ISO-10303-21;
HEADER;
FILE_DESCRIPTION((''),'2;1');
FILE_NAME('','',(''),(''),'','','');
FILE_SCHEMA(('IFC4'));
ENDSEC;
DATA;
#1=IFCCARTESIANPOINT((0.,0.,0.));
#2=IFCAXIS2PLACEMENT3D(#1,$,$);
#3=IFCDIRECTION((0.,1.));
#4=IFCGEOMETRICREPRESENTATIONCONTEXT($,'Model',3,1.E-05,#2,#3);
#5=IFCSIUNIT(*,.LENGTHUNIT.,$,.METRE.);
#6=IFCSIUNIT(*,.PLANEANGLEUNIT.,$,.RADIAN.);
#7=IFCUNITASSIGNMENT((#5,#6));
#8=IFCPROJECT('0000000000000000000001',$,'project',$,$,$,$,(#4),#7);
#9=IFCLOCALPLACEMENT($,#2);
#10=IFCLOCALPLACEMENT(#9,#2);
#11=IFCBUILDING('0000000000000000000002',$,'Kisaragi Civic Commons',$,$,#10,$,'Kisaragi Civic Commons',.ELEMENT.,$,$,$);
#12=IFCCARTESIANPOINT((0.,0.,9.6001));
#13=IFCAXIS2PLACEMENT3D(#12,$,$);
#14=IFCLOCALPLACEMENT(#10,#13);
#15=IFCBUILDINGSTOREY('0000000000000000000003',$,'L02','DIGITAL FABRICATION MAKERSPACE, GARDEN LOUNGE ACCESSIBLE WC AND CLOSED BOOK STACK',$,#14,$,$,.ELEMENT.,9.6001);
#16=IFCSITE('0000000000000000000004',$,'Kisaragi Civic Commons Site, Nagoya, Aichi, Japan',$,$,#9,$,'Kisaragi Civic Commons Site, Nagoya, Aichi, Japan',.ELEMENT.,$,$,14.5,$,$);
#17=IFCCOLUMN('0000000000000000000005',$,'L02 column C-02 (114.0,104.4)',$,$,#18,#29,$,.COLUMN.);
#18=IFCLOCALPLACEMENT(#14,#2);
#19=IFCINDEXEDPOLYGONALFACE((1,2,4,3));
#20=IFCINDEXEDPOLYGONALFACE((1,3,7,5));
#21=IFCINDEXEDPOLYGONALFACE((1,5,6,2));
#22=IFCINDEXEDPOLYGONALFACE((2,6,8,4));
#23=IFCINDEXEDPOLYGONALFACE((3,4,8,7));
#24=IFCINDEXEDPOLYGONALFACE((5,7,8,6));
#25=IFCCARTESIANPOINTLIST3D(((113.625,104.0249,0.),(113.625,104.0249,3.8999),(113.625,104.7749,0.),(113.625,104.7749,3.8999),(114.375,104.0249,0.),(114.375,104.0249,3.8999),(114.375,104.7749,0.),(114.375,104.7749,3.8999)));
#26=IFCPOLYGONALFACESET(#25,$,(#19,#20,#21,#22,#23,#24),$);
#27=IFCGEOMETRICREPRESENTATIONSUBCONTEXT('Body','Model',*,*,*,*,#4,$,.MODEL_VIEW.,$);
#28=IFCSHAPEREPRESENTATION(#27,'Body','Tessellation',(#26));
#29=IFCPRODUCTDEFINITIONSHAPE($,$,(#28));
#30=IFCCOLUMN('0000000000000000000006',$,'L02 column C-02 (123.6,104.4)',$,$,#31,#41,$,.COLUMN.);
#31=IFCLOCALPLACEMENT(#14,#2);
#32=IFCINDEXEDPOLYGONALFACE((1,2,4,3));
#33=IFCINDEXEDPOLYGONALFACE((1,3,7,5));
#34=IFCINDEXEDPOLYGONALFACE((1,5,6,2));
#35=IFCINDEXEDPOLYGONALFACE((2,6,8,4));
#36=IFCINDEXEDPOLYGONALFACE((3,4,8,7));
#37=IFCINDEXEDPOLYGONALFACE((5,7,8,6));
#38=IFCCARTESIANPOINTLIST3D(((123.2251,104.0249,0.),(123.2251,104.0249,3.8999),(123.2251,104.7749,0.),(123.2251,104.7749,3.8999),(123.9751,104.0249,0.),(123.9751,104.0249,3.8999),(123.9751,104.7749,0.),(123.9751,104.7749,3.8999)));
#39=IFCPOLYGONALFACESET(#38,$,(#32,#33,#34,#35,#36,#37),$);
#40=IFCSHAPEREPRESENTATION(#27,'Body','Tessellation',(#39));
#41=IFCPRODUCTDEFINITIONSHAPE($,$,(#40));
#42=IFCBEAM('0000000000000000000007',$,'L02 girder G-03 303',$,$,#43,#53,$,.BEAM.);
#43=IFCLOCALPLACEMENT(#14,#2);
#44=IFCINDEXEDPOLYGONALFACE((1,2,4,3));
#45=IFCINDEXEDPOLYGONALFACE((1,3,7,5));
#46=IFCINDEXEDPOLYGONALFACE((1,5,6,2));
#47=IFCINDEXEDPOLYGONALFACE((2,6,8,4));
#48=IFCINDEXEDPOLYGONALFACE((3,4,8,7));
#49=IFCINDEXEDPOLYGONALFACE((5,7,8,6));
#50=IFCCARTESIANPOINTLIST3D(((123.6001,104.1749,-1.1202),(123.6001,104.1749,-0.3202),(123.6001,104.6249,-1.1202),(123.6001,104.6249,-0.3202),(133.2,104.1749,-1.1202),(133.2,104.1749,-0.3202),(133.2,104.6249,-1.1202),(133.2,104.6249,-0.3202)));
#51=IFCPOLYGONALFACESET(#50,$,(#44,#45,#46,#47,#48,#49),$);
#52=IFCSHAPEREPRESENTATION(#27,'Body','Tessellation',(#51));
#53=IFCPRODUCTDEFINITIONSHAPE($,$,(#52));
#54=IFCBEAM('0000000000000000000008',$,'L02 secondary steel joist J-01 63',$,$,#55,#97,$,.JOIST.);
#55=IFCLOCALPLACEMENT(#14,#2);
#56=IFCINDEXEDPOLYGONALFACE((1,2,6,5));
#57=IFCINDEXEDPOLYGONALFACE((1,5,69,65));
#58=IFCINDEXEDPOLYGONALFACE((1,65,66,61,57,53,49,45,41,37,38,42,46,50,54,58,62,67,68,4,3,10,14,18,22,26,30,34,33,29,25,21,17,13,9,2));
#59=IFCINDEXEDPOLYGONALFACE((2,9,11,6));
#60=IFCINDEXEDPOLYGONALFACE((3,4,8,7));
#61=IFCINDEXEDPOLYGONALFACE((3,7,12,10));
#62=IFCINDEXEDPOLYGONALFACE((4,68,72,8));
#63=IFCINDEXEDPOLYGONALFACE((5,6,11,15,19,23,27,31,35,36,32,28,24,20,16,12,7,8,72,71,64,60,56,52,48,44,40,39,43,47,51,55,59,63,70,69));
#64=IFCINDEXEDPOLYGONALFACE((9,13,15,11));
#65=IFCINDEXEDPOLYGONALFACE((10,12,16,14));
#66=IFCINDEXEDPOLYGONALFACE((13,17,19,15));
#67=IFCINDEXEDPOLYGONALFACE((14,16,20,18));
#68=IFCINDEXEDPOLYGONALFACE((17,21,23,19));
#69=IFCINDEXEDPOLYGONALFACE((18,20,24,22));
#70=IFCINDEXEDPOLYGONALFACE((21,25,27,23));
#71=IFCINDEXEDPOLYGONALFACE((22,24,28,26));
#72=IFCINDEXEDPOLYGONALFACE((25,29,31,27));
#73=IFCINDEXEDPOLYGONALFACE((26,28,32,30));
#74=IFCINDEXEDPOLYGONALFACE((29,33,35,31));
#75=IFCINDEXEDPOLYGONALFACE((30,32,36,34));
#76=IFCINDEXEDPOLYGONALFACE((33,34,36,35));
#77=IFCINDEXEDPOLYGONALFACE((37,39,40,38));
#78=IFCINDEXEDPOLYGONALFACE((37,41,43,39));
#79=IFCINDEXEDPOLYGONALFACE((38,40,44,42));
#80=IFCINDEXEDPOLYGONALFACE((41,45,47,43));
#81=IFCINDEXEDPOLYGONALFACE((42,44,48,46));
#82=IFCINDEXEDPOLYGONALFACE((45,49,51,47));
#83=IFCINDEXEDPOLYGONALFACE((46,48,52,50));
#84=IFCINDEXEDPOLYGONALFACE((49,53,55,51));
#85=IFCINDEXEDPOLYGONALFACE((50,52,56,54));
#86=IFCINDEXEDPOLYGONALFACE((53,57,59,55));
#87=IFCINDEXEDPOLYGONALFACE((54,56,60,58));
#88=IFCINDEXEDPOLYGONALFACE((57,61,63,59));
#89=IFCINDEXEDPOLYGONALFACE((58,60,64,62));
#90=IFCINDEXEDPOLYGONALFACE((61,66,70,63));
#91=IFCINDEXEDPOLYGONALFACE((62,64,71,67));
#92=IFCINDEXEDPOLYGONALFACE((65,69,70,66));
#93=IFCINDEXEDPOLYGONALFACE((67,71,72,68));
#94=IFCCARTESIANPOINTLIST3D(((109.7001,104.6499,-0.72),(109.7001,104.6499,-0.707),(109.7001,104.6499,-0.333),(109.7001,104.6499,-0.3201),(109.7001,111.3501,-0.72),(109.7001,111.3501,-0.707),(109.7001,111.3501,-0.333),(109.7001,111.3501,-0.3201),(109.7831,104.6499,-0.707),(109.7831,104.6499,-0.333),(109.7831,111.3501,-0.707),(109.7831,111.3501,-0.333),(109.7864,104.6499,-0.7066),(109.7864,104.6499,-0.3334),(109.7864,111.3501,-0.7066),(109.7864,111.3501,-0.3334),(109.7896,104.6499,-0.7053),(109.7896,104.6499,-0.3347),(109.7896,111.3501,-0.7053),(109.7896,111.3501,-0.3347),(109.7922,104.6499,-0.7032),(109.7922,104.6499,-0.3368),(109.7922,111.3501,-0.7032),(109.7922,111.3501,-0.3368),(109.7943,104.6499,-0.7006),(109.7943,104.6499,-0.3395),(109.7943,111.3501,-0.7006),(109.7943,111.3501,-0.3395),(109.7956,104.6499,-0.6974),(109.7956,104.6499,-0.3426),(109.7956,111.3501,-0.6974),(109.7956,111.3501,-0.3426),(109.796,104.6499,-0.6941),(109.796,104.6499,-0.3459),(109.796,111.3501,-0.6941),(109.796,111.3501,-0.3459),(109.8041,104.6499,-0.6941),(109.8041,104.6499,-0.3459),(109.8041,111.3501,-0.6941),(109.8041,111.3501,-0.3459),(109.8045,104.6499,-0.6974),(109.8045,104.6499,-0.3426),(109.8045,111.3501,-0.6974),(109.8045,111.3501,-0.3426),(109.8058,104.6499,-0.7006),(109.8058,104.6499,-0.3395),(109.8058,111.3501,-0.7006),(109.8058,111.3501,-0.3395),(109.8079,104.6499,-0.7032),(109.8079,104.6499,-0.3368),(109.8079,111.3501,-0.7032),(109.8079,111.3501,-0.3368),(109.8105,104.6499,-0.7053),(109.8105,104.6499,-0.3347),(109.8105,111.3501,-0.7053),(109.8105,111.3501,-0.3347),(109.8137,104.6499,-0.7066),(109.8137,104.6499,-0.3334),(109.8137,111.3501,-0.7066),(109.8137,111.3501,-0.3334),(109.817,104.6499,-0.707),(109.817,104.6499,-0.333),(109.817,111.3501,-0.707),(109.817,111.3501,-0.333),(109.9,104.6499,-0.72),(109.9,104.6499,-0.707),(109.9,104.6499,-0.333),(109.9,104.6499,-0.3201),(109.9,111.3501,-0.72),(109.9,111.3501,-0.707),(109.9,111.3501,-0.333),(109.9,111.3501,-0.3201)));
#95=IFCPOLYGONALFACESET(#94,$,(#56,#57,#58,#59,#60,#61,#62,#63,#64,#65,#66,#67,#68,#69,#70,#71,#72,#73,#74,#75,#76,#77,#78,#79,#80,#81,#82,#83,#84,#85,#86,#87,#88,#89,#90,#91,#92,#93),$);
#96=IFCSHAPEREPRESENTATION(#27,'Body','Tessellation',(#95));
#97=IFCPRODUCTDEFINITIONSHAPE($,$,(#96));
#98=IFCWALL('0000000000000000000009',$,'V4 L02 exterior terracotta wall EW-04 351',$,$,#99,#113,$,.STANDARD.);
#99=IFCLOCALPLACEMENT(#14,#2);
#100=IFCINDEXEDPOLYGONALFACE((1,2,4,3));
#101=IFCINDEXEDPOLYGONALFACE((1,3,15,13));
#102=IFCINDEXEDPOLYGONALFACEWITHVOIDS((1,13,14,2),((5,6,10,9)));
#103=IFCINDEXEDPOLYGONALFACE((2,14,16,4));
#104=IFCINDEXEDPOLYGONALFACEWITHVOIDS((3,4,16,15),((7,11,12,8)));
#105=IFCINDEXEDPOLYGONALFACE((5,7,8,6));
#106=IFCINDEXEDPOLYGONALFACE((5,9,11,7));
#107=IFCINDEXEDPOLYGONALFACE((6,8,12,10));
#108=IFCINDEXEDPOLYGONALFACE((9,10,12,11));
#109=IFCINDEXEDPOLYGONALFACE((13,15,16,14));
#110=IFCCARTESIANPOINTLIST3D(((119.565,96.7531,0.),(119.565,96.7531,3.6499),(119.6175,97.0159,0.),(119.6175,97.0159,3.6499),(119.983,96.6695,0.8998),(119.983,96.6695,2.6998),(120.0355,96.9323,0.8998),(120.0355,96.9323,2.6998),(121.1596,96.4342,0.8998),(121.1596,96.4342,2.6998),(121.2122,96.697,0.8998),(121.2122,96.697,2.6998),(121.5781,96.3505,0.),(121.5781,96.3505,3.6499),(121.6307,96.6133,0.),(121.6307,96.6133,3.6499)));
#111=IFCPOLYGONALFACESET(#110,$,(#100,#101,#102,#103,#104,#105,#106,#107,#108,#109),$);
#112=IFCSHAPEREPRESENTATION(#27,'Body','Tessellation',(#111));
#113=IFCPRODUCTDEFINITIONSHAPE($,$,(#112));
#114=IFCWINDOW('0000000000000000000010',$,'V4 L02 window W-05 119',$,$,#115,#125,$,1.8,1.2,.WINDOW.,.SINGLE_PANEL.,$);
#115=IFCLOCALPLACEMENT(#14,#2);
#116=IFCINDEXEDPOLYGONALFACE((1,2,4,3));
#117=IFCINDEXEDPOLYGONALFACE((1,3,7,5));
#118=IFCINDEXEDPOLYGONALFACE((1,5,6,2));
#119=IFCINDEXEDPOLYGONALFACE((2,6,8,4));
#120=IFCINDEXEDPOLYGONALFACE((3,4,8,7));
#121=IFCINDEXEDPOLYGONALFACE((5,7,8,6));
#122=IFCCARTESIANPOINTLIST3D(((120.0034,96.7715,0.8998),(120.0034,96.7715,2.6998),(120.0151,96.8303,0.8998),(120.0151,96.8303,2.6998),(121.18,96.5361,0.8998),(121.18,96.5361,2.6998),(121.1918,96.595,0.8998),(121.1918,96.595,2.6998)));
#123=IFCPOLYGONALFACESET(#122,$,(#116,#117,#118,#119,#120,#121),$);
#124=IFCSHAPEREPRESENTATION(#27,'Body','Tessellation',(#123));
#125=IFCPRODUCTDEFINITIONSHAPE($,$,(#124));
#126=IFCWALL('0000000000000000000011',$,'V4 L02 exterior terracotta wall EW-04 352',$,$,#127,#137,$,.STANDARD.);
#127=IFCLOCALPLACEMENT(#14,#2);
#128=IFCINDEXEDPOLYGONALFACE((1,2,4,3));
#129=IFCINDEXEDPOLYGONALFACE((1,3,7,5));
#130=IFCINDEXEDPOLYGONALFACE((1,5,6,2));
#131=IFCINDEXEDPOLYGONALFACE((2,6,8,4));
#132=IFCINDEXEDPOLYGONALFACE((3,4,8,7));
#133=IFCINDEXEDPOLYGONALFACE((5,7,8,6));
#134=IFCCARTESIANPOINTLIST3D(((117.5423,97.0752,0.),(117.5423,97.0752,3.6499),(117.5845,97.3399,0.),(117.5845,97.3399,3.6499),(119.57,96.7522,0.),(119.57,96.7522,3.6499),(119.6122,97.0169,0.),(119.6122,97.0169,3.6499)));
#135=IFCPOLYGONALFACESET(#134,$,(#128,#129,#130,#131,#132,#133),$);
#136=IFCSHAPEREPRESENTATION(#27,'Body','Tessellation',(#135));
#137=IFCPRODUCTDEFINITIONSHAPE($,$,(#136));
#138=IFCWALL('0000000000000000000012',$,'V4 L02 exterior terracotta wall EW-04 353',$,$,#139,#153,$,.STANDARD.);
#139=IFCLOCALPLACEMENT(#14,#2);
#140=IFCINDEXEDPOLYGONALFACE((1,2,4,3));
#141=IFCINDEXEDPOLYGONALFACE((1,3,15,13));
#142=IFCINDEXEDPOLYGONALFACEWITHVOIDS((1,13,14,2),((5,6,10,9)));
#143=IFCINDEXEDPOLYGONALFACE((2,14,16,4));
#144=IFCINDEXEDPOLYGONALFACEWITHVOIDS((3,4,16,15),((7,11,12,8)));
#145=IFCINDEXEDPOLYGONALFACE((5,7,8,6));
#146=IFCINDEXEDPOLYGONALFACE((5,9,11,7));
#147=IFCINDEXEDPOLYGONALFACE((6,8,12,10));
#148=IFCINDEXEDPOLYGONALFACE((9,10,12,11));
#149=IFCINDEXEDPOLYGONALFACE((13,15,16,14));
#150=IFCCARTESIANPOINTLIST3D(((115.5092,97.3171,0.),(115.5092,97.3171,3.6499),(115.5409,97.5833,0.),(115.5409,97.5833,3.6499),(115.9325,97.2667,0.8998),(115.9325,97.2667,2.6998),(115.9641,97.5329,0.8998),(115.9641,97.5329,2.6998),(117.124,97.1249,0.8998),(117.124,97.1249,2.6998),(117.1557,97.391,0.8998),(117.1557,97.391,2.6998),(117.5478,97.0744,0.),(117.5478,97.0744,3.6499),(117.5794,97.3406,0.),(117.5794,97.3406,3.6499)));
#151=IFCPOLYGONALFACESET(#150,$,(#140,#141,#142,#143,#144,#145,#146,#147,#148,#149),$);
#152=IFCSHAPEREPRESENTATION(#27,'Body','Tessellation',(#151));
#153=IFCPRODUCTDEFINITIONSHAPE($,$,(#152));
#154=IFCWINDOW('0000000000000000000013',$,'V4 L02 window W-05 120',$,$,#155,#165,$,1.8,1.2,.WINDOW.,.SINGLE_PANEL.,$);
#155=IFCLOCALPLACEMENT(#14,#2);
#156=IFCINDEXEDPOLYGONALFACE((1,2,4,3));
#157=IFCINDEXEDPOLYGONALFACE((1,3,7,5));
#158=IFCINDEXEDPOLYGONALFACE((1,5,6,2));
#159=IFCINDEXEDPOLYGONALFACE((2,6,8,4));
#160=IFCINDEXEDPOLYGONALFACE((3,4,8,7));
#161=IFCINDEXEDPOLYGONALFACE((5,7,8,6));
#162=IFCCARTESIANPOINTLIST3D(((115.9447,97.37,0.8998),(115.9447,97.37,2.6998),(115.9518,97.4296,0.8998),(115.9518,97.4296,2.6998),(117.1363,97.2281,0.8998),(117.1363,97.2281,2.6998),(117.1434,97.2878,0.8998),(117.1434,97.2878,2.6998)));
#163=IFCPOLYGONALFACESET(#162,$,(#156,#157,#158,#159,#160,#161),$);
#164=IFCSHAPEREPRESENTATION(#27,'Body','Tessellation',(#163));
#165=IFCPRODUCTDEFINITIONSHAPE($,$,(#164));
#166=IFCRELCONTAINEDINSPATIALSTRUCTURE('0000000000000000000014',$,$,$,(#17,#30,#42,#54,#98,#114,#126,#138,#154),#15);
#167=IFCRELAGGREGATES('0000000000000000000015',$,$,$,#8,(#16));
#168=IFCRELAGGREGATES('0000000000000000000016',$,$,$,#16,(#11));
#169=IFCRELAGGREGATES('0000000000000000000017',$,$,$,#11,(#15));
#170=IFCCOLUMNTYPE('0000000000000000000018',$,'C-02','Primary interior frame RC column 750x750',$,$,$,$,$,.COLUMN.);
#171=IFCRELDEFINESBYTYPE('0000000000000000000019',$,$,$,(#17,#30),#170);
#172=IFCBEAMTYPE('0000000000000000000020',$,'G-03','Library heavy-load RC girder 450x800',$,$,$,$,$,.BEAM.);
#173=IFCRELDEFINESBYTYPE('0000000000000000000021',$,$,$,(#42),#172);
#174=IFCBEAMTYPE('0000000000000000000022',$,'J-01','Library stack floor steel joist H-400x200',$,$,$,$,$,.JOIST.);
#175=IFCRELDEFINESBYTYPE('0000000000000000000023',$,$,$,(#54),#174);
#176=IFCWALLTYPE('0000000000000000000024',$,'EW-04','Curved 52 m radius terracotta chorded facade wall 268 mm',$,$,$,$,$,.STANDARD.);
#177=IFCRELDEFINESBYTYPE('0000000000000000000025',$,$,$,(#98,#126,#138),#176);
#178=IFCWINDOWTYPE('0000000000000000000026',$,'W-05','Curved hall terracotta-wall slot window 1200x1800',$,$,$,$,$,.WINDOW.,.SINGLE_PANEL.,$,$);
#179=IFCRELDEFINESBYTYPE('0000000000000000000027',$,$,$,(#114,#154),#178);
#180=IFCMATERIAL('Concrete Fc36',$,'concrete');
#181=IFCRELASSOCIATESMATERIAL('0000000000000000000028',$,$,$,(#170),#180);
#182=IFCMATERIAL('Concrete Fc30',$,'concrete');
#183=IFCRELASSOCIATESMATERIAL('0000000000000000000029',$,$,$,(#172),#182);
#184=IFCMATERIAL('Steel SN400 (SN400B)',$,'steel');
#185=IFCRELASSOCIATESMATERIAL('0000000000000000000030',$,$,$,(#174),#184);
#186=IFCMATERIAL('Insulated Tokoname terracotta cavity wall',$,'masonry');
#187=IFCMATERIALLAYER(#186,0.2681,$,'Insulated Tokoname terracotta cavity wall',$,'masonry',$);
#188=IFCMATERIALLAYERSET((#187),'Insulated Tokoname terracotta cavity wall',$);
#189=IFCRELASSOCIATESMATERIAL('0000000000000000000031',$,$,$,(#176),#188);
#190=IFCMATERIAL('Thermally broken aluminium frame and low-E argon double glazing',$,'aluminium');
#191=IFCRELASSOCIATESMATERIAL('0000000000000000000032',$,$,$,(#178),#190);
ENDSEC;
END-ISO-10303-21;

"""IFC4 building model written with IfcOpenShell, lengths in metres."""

from ifc_helpers import new_model, si_unit, direction, frame, frame_2d, origin, origin_2d, place, context, subcontext, project, spatial, rectangle, i_section, extrude, material, layer, layer_set, material_profile, profile_set, type_object, element, fill, save


model = new_model("IFC4")

# Units and contexts
model_context = context("Model", 3, precision=1e-05, world=origin(), true_north=direction((0.0, 1.0)))
body_context = subcontext(model_context, "Body", "Model", "MODEL_VIEW")
ifc_project = project(units=[si_unit("LENGTHUNIT", "METRE"), si_unit("PLANEANGLEUNIT", "RADIAN")], contexts=[model_context])

# Site, building, storey
site_placement = place(None, origin())
site = spatial("IfcSite", under=ifc_project, at=site_placement, Name="Kisaragi Civic Commons Site, Nagoya, Aichi, Japan", LongName="Kisaragi Civic Commons Site, Nagoya, Aichi, Japan", CompositionType="ELEMENT", RefElevation=14.5)
building_placement = place(site_placement, origin())
building = spatial("IfcBuilding", under=site, at=building_placement, Name="Kisaragi Civic Commons", LongName="Kisaragi Civic Commons", CompositionType="ELEMENT")
storey_placement = place(building_placement, frame((0.0, 0.0, 9.6001)))
storey = spatial("IfcBuildingStorey", under=building, at=storey_placement, Name="L02", Description="DIGITAL FABRICATION MAKERSPACE, GARDEN LOUNGE ACCESSIBLE WC AND CLOSED BOOK STACK", CompositionType="ELEMENT", Elevation=9.6001)

# Columns
ifc_material_1 = material(Name="Concrete Fc36", Category="concrete")
ifc_material_profile_1 = material_profile(ifc_material_1, rectangle(XDim=0.75, YDim=0.75, at=origin_2d()), Name="RC-750x750", Category="concrete")
ifc_profile_set_1 = profile_set([ifc_material_profile_1], Name="Concrete Fc36")
column_type = type_object("IfcColumnType", Name="C-02", Description="Primary interior frame RC column 750x750", PredefinedType="COLUMN", material=ifc_profile_set_1)
for number, where, z_axis, x_axis, name in (
    (1, (114.0, 104.3999, 0.0), (0.0, 0.0, 1.0), (1.0, 0.0, 0.0), "L02 column C-02 (114.0,104.4)"),
    (2, (123.6001, 104.3999, 0.0), (0.0, 0.0, 1.0), (1.0, 0.0, 0.0), "L02 column C-02 (123.6,104.4)"),
):
    element("IfcColumn", number, at=place(storey_placement, frame(where, z_axis=z_axis, x_axis=x_axis)), inside=storey, type_object=column_type, Name=name, PredefinedType="COLUMN", context=body_context, shape_type="SweptSolid", body=[
        extrude(rectangle(XDim=0.75, YDim=0.75, at=origin_2d()), origin(), (0.0, 0.0, 1.0), 3.8999),
    ])

# Beams
ifc_material_2 = material(Name="Concrete Fc30", Category="concrete")
ifc_material_profile_2 = material_profile(ifc_material_2, rectangle(XDim=0.45, YDim=0.8, at=origin_2d()), Name="RC-450x800", Category="concrete")
ifc_profile_set_2 = profile_set([ifc_material_profile_2], Name="Concrete Fc30")
beam_type_1 = type_object("IfcBeamType", Name="G-03", Description="Library heavy-load RC girder 450x800", PredefinedType="BEAM", material=ifc_profile_set_2)
beam_1_placement = place(storey_placement, frame((123.6001, 104.3999, -0.7202), z_axis=(1.0, 0.0, 0.0), x_axis=(0.0, 1.0, 0.0)))
element("IfcBeam", 3, at=beam_1_placement, inside=storey, type_object=beam_type_1, Name="L02 girder G-03 303", PredefinedType="BEAM", context=body_context, shape_type="SweptSolid", body=[
    extrude(rectangle(XDim=0.45, YDim=0.8, at=origin_2d()), origin(), (0.0, 0.0, 1.0), 9.5999),
])
ifc_material_3 = material(Name="Steel SN400 (SN400B)", Category="steel")
ifc_material_profile_3 = material_profile(ifc_material_3, i_section(OverallWidth=0.2, OverallDepth=0.3999, WebThickness=0.0081, FlangeThickness=0.0129, FilletRadius=0.0129, at=origin_2d()), Name="H-400x200x8x13", Category="steel")
ifc_profile_set_3 = profile_set([ifc_material_profile_3], Name="Steel SN400 (SN400B)")
beam_type_2 = type_object("IfcBeamType", Name="J-01", Description="Library stack floor steel joist H-400x200", PredefinedType="JOIST", material=ifc_profile_set_3)
beam_2_placement = place(storey_placement, frame((109.8, 104.6499, -0.52), z_axis=(0.0, 1.0, 0.0), x_axis=(-1.0, 0.0, 0.0)))
element("IfcBeam", 4, at=beam_2_placement, inside=storey, type_object=beam_type_2, Name="L02 secondary steel joist J-01 63", PredefinedType="JOIST", context=body_context, shape_type="SweptSolid", body=[
    extrude(i_section(OverallWidth=0.2, OverallDepth=0.3999, WebThickness=0.0081, FlangeThickness=0.0129, FilletRadius=0.0129, at=origin_2d()), origin(), (0.0, 0.0, 1.0), 6.7002),
])

# Wall, opening, window
ifc_material_4 = material(Name="Insulated Tokoname terracotta cavity wall", Category="masonry")
ifc_layer_1 = layer(ifc_material_4, 0.2681, Name="Insulated Tokoname terracotta cavity wall", Category="masonry")
ifc_layer_set_1 = layer_set([ifc_layer_1], Name="Insulated Tokoname terracotta cavity wall")
wall_type_1 = type_object("IfcWallType", Name="EW-04", Description="Curved 52 m radius terracotta chorded facade wall 268 mm", PredefinedType="STANDARD", material=ifc_layer_set_1)
wall_1_placement = place(storey_placement, frame((121.6042, 96.4819, 0.0), z_axis=(0.0, 0.0, 1.0), x_axis=(-0.980585, 0.196093, 0.0)))
wall_1 = element("IfcWall", 5, at=wall_1_placement, inside=storey, type_object=wall_type_1, Name="V4 L02 exterior terracotta wall EW-04 351", PredefinedType="STANDARD", context=body_context, shape_type="SweptSolid", body=[
    extrude(rectangle(XDim=2.053, YDim=0.2681, at=frame_2d((1.0264, 0.0))), origin(), (0.0, 0.0, 1.0), 3.6499),
])
opening_1_placement = place(wall_1_placement, frame((0.4265, 0.0, 0.8999)))
opening_1 = element("IfcOpeningElement", 6, at=opening_1_placement, cuts=wall_1, PredefinedType="OPENING", context=body_context, shape_type="SweptSolid", body=[
    extrude(rectangle(XDim=1.2, YDim=1.8, at=frame_2d((0.6001, 0.8999))), frame((0.0, 0.144, 0.0), z_axis=(0.0, -1.0, 0.0), x_axis=(1.0, 0.0, 0.0)), (0.0, 0.0, 1.0), 0.2881),
])
ifc_material_5 = material(Name="Thermally broken aluminium frame and low-E argon double glazing", Category="aluminium")
window_type = type_object("IfcWindowType", Name="W-05", Description="Curved hall terracotta-wall slot window 1200x1800", PartitioningType="SINGLE_PANEL", PredefinedType="WINDOW", material=ifc_material_5)
window_1_placement = place(opening_1_placement, origin())
window_1 = element("IfcWindow", 7, at=window_1_placement, inside=storey, type_object=window_type, Name="V4 L02 window W-05 119", OverallHeight=1.8, OverallWidth=1.2, PartitioningType="SINGLE_PANEL", PredefinedType="WINDOW", context=body_context, shape_type="SweptSolid", body=[
    extrude(rectangle(XDim=1.2, YDim=1.8, at=frame_2d((0.6001, 0.8999))), frame((0.0, 0.03, 0.0), z_axis=(0.0, -1.0, 0.0), x_axis=(1.0, 0.0, 0.0)), (0.0, 0.0, 1.0), 0.0601),
])
fill(opening_1, window_1)

# Wall
wall_2_placement = place(storey_placement, frame((119.5911, 96.8845, 0.0), z_axis=(0.0, 0.0, 1.0), x_axis=(-0.987548, 0.157318, 0.0)))
element("IfcWall", 8, at=wall_2_placement, inside=storey, type_object=wall_type_1, Name="V4 L02 exterior terracotta wall EW-04 352", PredefinedType="STANDARD", context=body_context, shape_type="SweptSolid", body=[
    extrude(rectangle(XDim=2.0532, YDim=0.2681, at=frame_2d((1.0266, 0.0))), origin(), (0.0, 0.0, 1.0), 3.6499),
])

# Wall, opening, window
wall_3_placement = place(storey_placement, frame((117.5635, 97.2075, 0.0), z_axis=(0.0, 0.0, 1.0), x_axis=(-0.992989, 0.118207, 0.0)))
wall_3 = element("IfcWall", 9, at=wall_3_placement, inside=storey, type_object=wall_type_1, Name="V4 L02 exterior terracotta wall EW-04 353", PredefinedType="STANDARD", context=body_context, shape_type="SweptSolid", body=[
    extrude(rectangle(XDim=2.053, YDim=0.2681, at=frame_2d((1.0264, 0.0))), origin(), (0.0, 0.0, 1.0), 3.6499),
])
opening_2_placement = place(wall_3_placement, frame((0.4265, 0.0, 0.8999)))
opening_2 = element("IfcOpeningElement", 10, at=opening_2_placement, cuts=wall_3, PredefinedType="OPENING", context=body_context, shape_type="SweptSolid", body=[
    extrude(rectangle(XDim=1.2, YDim=1.8, at=frame_2d((0.6001, 0.8999))), frame((0.0, 0.144, 0.0), z_axis=(0.0, -1.0, 0.0), x_axis=(1.0, 0.0, 0.0)), (0.0, 0.0, 1.0), 0.2881),
])
window_2_placement = place(opening_2_placement, origin())
window_2 = element("IfcWindow", 11, at=window_2_placement, inside=storey, type_object=window_type, Name="V4 L02 window W-05 120", OverallHeight=1.8, OverallWidth=1.2, PartitioningType="SINGLE_PANEL", PredefinedType="WINDOW", context=body_context, shape_type="SweptSolid", body=[
    extrude(rectangle(XDim=1.2, YDim=1.8, at=frame_2d((0.6001, 0.8999))), frame((0.0, 0.03, 0.0), z_axis=(0.0, -1.0, 0.0), x_axis=(1.0, 0.0, 0.0)), (0.0, 0.0, 1.0), 0.0601),
])
fill(opening_2, window_2)

save(model, "model.ifc")
